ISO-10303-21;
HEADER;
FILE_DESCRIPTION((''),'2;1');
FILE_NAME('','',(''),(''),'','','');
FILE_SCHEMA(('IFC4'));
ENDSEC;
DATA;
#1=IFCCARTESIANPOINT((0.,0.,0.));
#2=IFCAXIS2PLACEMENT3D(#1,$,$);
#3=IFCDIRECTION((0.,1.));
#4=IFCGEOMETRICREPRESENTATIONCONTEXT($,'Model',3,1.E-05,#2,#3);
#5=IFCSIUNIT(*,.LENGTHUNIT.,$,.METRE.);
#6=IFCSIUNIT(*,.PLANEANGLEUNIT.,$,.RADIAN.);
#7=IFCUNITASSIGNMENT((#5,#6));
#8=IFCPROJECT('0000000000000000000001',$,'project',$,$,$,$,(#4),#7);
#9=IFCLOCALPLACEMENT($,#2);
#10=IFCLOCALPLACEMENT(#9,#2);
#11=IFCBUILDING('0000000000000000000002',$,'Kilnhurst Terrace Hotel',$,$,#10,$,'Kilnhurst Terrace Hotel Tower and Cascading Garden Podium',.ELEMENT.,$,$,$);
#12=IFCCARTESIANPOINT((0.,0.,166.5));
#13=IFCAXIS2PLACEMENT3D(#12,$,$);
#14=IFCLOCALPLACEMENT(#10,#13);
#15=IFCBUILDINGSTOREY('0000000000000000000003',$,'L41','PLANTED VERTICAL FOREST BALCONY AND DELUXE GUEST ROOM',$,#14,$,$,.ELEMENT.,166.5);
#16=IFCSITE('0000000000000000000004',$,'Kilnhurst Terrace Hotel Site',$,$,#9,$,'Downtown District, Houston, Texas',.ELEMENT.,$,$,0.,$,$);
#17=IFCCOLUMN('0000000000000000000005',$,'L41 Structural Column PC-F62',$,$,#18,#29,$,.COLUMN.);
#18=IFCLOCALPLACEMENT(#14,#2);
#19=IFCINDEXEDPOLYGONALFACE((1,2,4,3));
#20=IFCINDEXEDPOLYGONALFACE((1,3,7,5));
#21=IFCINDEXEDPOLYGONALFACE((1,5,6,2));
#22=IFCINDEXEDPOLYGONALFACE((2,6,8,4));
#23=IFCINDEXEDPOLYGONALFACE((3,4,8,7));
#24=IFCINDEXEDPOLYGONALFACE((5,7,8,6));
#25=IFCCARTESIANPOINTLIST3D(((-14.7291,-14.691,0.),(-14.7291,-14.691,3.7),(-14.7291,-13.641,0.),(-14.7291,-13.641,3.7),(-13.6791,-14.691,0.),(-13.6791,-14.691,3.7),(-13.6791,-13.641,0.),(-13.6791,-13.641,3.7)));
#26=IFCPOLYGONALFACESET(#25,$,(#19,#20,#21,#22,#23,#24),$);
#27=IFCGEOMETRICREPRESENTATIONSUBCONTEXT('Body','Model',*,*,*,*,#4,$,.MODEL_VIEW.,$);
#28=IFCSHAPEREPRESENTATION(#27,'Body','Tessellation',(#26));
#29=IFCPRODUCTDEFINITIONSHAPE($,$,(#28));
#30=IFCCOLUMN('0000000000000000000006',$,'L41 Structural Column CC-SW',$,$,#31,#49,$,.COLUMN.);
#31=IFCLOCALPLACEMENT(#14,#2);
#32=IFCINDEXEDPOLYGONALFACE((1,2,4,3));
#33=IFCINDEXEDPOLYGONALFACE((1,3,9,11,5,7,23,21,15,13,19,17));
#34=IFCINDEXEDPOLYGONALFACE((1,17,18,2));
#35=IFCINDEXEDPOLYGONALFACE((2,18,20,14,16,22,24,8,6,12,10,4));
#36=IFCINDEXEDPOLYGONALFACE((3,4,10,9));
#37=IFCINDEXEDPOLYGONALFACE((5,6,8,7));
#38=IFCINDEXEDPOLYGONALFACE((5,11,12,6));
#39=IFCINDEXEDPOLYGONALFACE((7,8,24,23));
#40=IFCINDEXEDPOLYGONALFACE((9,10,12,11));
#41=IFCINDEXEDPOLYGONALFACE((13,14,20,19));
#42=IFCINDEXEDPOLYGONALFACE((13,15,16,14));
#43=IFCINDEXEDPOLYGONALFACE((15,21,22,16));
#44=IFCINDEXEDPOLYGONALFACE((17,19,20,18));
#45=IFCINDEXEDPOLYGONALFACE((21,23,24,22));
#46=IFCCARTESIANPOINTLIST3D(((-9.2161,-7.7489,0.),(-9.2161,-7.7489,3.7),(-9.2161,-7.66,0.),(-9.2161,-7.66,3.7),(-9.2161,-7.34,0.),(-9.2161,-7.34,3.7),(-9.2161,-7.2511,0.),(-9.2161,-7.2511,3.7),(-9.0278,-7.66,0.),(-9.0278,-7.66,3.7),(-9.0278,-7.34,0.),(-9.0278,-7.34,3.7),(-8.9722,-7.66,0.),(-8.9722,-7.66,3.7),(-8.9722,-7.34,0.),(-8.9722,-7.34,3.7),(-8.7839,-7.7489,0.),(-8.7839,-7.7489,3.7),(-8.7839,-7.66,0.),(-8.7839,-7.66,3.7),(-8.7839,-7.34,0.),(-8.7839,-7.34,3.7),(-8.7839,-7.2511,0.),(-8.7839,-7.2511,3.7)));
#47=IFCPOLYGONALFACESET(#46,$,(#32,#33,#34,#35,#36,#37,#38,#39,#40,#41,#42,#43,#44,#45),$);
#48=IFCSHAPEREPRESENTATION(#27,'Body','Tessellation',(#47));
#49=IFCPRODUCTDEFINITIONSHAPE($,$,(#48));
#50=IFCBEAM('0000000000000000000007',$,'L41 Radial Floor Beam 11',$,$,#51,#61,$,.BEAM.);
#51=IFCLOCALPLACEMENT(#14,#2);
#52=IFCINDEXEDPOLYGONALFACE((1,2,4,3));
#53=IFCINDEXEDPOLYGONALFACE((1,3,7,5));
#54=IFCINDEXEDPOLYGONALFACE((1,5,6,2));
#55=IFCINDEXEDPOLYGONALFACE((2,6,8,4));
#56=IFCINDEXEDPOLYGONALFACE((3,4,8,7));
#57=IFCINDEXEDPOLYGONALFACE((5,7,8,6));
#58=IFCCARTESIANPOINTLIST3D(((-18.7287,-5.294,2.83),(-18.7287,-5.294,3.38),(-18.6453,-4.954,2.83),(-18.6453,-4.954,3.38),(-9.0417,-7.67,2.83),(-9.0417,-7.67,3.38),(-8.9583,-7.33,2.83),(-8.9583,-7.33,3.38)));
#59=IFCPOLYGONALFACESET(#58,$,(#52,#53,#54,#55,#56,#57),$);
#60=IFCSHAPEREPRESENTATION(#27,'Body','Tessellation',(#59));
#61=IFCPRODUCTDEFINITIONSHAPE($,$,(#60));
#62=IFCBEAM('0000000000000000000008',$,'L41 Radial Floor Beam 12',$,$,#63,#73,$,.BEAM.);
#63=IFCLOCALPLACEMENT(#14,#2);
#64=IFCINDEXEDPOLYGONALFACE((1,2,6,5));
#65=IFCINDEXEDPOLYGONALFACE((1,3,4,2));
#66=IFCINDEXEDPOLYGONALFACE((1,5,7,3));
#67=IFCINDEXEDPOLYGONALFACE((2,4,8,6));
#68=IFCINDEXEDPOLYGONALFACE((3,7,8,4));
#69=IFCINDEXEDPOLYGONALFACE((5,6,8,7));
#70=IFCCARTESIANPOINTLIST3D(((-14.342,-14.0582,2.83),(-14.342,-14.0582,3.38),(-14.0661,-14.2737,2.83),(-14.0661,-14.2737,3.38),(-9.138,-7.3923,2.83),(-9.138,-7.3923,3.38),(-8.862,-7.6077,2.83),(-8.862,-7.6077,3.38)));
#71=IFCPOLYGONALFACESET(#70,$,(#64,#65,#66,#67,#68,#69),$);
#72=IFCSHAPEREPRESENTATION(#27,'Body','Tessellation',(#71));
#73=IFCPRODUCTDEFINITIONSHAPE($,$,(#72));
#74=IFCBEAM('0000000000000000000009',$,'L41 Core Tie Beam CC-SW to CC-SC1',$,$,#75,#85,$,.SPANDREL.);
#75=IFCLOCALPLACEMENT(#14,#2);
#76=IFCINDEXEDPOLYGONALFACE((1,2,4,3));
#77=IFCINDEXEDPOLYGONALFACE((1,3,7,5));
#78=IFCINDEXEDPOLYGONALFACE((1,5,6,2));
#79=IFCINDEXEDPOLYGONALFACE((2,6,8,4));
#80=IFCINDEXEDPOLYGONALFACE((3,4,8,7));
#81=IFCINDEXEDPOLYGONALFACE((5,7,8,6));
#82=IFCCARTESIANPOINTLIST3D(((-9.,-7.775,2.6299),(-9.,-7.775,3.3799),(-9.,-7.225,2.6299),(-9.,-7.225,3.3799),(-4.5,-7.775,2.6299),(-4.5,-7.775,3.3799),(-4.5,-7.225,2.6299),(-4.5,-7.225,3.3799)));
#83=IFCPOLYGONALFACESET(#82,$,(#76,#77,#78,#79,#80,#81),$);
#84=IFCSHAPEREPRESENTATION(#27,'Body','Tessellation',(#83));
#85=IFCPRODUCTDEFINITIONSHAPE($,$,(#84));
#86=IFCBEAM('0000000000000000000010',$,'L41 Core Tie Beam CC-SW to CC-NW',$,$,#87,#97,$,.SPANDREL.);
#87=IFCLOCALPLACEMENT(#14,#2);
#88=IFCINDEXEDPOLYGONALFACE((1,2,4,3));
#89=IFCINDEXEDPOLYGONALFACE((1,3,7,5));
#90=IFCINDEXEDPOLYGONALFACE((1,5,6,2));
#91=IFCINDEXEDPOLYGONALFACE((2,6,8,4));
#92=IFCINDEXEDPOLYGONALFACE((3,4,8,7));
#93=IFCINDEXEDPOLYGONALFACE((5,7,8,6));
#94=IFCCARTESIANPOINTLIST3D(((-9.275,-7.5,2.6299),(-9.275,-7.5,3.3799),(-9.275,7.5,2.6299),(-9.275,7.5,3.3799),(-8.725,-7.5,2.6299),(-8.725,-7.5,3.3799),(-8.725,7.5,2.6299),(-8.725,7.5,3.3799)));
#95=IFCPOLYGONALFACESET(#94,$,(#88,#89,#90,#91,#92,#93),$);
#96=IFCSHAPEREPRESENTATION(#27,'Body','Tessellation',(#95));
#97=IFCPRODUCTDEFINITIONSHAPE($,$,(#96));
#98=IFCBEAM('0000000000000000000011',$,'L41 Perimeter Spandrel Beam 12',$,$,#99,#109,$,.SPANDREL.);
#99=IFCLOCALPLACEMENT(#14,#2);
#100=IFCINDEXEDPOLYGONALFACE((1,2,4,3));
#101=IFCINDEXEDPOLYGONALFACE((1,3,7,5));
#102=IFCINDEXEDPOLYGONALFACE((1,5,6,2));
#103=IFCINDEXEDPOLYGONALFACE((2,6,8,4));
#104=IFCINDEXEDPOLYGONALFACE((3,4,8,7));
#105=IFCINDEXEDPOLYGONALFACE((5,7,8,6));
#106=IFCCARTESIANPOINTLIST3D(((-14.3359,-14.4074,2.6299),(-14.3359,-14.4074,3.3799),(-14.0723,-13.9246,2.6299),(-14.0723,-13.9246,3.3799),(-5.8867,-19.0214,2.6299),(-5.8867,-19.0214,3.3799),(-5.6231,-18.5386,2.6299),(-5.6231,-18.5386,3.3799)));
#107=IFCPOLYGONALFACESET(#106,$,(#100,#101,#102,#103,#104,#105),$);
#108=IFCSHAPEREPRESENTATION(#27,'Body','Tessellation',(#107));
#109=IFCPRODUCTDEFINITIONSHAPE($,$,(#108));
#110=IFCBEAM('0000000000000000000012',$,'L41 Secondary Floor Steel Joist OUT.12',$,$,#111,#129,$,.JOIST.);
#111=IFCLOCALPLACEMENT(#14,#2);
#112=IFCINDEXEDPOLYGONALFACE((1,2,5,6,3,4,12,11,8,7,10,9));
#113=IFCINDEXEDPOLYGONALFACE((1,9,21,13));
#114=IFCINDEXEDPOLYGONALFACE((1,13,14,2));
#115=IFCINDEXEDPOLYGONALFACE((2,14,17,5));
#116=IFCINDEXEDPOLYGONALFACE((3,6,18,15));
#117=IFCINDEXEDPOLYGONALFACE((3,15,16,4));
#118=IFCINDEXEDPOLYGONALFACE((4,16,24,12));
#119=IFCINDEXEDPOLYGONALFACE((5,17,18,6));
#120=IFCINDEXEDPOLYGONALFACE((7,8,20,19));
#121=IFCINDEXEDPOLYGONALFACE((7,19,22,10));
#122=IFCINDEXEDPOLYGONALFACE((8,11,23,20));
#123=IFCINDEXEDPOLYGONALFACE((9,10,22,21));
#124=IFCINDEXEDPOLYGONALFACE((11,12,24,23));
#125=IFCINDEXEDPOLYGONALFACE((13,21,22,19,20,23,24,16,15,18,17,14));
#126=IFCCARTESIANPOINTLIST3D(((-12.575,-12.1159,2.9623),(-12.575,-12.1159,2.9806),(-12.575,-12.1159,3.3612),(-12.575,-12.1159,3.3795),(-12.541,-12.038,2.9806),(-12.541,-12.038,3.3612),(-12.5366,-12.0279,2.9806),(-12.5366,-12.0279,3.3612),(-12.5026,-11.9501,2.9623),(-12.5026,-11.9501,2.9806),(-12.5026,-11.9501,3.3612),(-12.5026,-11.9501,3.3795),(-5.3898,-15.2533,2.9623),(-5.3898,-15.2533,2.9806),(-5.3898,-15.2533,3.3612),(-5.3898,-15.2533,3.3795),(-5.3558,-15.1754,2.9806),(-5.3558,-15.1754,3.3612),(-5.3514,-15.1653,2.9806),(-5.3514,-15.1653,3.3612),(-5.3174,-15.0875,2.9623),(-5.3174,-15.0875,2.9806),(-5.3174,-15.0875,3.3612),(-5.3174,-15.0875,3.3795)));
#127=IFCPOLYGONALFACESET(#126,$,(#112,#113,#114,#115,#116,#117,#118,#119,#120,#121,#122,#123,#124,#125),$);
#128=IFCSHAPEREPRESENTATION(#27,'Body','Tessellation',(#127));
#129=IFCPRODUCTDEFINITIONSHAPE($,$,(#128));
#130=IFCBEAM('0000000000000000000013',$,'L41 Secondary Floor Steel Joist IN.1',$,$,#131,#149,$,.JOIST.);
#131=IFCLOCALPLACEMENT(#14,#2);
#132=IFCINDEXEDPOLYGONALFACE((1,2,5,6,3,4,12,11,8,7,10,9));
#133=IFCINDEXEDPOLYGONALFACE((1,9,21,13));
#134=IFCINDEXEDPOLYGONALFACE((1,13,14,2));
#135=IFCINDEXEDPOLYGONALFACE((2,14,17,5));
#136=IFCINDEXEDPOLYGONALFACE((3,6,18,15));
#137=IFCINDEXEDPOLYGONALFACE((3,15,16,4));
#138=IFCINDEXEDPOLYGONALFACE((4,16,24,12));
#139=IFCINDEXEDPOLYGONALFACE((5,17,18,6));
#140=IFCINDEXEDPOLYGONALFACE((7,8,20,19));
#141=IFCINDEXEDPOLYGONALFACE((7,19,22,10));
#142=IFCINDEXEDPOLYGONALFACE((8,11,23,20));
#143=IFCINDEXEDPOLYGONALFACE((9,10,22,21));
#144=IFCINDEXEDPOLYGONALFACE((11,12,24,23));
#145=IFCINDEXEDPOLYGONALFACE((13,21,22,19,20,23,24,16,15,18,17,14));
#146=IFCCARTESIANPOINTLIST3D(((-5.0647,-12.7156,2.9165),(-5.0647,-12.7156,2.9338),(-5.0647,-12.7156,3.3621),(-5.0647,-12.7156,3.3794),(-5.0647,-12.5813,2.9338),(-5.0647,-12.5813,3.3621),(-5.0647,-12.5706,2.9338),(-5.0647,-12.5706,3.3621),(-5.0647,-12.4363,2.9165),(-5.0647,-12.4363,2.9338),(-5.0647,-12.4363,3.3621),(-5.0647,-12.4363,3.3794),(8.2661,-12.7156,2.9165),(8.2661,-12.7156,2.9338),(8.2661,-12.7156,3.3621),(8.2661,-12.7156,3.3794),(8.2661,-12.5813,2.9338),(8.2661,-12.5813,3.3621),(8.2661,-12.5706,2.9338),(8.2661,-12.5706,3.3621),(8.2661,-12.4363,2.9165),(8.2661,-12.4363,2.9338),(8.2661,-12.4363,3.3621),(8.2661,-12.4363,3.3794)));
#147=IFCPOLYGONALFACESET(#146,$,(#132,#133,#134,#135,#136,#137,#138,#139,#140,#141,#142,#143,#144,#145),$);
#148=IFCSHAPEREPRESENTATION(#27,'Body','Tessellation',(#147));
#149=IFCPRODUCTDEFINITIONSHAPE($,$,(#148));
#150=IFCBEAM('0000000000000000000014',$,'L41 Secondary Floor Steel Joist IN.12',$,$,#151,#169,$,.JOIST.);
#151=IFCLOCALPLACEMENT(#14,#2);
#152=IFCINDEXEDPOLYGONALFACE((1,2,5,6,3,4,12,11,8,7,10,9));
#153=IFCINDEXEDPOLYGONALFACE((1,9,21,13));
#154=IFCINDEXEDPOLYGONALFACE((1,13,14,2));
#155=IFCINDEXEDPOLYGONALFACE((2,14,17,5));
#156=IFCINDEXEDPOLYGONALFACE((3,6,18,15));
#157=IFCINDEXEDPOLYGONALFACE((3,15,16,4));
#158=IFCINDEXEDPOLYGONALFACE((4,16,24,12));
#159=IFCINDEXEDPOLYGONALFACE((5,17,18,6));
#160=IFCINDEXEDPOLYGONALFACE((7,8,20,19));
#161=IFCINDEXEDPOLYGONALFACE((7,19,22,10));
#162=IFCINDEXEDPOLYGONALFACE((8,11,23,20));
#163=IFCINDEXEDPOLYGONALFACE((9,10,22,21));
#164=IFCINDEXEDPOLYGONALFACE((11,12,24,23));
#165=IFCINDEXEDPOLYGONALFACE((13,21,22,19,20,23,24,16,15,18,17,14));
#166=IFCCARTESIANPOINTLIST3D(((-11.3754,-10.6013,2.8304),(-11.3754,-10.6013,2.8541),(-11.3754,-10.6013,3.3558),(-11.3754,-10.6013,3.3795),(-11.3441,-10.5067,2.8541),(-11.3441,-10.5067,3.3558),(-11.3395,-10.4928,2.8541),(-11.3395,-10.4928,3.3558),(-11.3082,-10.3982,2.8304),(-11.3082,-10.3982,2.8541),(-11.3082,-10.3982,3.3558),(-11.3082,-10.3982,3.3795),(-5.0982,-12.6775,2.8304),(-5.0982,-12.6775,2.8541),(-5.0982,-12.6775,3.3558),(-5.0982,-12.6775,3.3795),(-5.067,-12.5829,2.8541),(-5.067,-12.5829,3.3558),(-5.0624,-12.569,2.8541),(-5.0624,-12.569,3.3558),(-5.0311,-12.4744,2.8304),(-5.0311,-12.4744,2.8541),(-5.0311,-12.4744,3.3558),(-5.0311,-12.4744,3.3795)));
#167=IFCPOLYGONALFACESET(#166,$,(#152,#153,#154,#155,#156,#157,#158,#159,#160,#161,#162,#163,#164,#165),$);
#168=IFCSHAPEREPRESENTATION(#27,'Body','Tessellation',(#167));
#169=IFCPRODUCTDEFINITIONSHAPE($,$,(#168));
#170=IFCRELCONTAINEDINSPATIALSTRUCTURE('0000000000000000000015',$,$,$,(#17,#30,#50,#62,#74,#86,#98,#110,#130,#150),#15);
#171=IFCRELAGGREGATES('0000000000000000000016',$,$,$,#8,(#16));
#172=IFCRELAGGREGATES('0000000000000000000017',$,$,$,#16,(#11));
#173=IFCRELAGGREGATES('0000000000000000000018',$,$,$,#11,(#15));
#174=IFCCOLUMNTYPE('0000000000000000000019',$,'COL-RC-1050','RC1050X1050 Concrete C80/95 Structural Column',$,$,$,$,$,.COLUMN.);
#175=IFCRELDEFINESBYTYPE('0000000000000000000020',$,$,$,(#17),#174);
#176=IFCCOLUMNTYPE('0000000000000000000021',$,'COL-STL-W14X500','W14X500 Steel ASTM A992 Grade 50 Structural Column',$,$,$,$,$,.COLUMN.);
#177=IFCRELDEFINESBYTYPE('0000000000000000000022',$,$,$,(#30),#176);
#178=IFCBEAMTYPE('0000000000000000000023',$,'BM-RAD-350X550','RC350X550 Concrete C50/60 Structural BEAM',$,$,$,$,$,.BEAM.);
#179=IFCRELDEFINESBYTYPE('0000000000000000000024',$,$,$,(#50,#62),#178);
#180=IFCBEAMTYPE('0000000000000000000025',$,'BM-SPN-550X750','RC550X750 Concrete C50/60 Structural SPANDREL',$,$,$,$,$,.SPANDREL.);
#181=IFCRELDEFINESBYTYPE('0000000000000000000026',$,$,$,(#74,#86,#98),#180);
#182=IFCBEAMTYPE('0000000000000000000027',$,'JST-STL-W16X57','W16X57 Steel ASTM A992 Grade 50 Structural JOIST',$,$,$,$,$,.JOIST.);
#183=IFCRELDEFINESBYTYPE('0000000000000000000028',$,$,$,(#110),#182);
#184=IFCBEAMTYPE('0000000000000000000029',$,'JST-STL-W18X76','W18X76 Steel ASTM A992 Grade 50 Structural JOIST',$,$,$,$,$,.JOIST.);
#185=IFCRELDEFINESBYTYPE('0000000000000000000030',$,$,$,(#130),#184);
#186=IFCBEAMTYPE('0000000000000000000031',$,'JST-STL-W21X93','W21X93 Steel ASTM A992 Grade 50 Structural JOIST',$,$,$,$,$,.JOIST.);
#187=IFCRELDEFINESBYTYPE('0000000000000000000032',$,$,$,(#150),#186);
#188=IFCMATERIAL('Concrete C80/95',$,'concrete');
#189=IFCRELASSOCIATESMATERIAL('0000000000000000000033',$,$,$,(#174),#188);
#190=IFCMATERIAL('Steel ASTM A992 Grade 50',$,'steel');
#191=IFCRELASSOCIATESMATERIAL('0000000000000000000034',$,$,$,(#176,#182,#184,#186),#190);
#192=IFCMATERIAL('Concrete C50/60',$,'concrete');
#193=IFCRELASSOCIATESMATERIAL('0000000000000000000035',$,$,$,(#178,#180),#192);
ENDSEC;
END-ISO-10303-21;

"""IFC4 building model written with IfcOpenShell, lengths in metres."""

from ifc_helpers import new_model, si_unit, direction, frame, origin, origin_2d, place, context, subcontext, project, spatial, rectangle, i_section, extrude, material, material_profile, profile_set, type_object, element, save


model = new_model("IFC4")

# Units and contexts
model_context = context("Model", 3, precision=1e-05, world=origin(), true_north=direction((0.0, 1.0)))
body_context = subcontext(model_context, "Body", "Model", "MODEL_VIEW")
ifc_project = project(units=[si_unit("LENGTHUNIT", "METRE"), si_unit("PLANEANGLEUNIT", "RADIAN")], contexts=[model_context])

# Site, building, storey
site_placement = place(None, origin())
site = spatial("IfcSite", under=ifc_project, at=site_placement, Name="Kilnhurst Terrace Hotel Site", LongName="Downtown District, Houston, Texas", CompositionType="ELEMENT", RefElevation=0.0)
building_placement = place(site_placement, origin())
building = spatial("IfcBuilding", under=site, at=building_placement, Name="Kilnhurst Terrace Hotel", LongName="Kilnhurst Terrace Hotel Tower and Cascading Garden Podium", CompositionType="ELEMENT")
storey_placement = place(building_placement, frame((0.0, 0.0, 166.5)))
storey = spatial("IfcBuildingStorey", under=building, at=storey_placement, Name="L41", Description="PLANTED VERTICAL FOREST BALCONY AND DELUXE GUEST ROOM", CompositionType="ELEMENT", Elevation=166.5)

# Columns
ifc_material_1 = material(Name="Concrete C80/95", Category="concrete")
ifc_material_profile_1 = material_profile(ifc_material_1, rectangle(XDim=1.05, YDim=1.05, at=origin_2d()), Name="RC1050X1050")
ifc_profile_set_1 = profile_set([ifc_material_profile_1], Name="Concrete C80/95")
column_type_1 = type_object("IfcColumnType", Name="COL-RC-1050", Description="RC1050X1050 Concrete C80/95 Structural Column", PredefinedType="COLUMN", material=ifc_profile_set_1)
column_1_placement = place(storey_placement, frame((-14.2041, -14.166, 0.0), z_axis=(0.0, 0.0, 1.0), x_axis=(1.0, 0.0, 0.0)))
element("IfcColumn", 1, at=column_1_placement, inside=storey, type_object=column_type_1, Name="L41 Structural Column PC-F62", PredefinedType="COLUMN", context=body_context, shape_type="SweptSolid", body=[
    extrude(rectangle(XDim=1.05, YDim=1.05, at=origin_2d()), origin(), (0.0, 0.0, 1.0), 3.7),
])
ifc_material_2 = material(Name="Steel ASTM A992 Grade 50", Category="steel")
ifc_material_profile_2 = material_profile(ifc_material_2, i_section(OverallWidth=0.4321, OverallDepth=0.4978, WebThickness=0.0557, FlangeThickness=0.0889, at=origin_2d()), Name="W14X500")
ifc_profile_set_2 = profile_set([ifc_material_profile_2], Name="Steel ASTM A992 Grade 50")
column_type_2 = type_object("IfcColumnType", Name="COL-STL-W14X500", Description="W14X500 Steel ASTM A992 Grade 50 Structural Column", PredefinedType="COLUMN", material=ifc_profile_set_2)
column_2_placement = place(storey_placement, frame((-9.0, -7.5, 0.0), z_axis=(0.0, 0.0, 1.0), x_axis=(1.0, 0.0, 0.0)))
element("IfcColumn", 2, at=column_2_placement, inside=storey, type_object=column_type_2, Name="L41 Structural Column CC-SW", PredefinedType="COLUMN", context=body_context, shape_type="SweptSolid", body=[
    extrude(i_section(OverallWidth=0.4321, OverallDepth=0.4978, WebThickness=0.0557, FlangeThickness=0.0889, at=origin_2d()), origin(), (0.0, 0.0, 1.0), 3.7),
])

# Beams
ifc_material_3 = material(Name="Concrete C50/60", Category="concrete")
ifc_material_profile_3 = material_profile(ifc_material_3, rectangle(XDim=0.3501, YDim=0.55, at=origin_2d()), Name="RC350X550")
ifc_profile_set_3 = profile_set([ifc_material_profile_3], Name="Concrete C50/60")
beam_type_1 = type_object("IfcBeamType", Name="BM-RAD-350X550", Description="RC350X550 Concrete C50/60 Structural BEAM", PredefinedType="BEAM", material=ifc_profile_set_3)
beam_1_placement = place(storey_placement, frame((-9.0, -7.5, 3.105), z_axis=(-0.971213, 0.238214, 0.0), x_axis=(-0.238214, -0.971213, 0.0)))
element("IfcBeam", 3, at=beam_1_placement, inside=storey, type_object=beam_type_1, Name="L41 Radial Floor Beam 11", PredefinedType="BEAM", context=body_context, shape_type="SweptSolid", body=[
    extrude(rectangle(XDim=0.3501, YDim=0.55, at=origin_2d()), origin(), (0.0, 0.0, 1.0), 9.9741),
])
beam_2_placement = place(storey_placement, frame((-9.0, -7.5, 3.105), z_axis=(-0.615371, -0.788238, 0.0), x_axis=(0.788238, -0.615371, 0.0)))
element("IfcBeam", 4, at=beam_2_placement, inside=storey, type_object=beam_type_1, Name="L41 Radial Floor Beam 12", PredefinedType="BEAM", context=body_context, shape_type="SweptSolid", body=[
    extrude(rectangle(XDim=0.3501, YDim=0.55, at=origin_2d()), origin(), (0.0, 0.0, 1.0), 8.4568),
])
ifc_material_profile_4 = material_profile(ifc_material_3, rectangle(XDim=0.55, YDim=0.75, at=origin_2d()), Name="RC550X750")
ifc_profile_set_4 = profile_set([ifc_material_profile_4], Name="Concrete C50/60")
beam_type_2 = type_object("IfcBeamType", Name="BM-SPN-550X750", Description="RC550X750 Concrete C50/60 Structural SPANDREL", PredefinedType="SPANDREL", material=ifc_profile_set_4)
beam_3_placement = place(storey_placement, frame((-9.0, -7.5, 3.0049), z_axis=(1.0, 0.0, 0.0), x_axis=(0.0, 1.0, 0.0)))
element("IfcBeam", 5, at=beam_3_placement, inside=storey, type_object=beam_type_2, Name="L41 Core Tie Beam CC-SW to CC-SC1", PredefinedType="SPANDREL", context=body_context, shape_type="SweptSolid", body=[
    extrude(rectangle(XDim=0.55, YDim=0.75, at=origin_2d()), origin(), (0.0, 0.0, 1.0), 4.5),
])
beam_4_placement = place(storey_placement, frame((-9.0, -7.5, 3.0049), z_axis=(0.0, 1.0, 0.0), x_axis=(-1.0, 0.0, 0.0)))
element("IfcBeam", 6, at=beam_4_placement, inside=storey, type_object=beam_type_2, Name="L41 Core Tie Beam CC-SW to CC-NW", PredefinedType="SPANDREL", context=body_context, shape_type="SweptSolid", body=[
    extrude(rectangle(XDim=0.55, YDim=0.75, at=origin_2d()), origin(), (0.0, 0.0, 1.0), 15.0),
])
beam_5_placement = place(storey_placement, frame((-14.2041, -14.166, 3.0049), z_axis=(0.877662, -0.47928, 0.0), x_axis=(0.47928, 0.877662, 0.0)))
element("IfcBeam", 7, at=beam_5_placement, inside=storey, type_object=beam_type_2, Name="L41 Perimeter Spandrel Beam 12", PredefinedType="SPANDREL", context=body_context, shape_type="SweptSolid", body=[
    extrude(rectangle(XDim=0.55, YDim=0.75, at=origin_2d()), origin(), (0.0, 0.0, 1.0), 9.627),
])
ifc_material_profile_5 = material_profile(ifc_material_2, i_section(OverallWidth=0.1809, OverallDepth=0.4172, WebThickness=0.011, FlangeThickness=0.0183, at=origin_2d()), Name="W16X57")
ifc_profile_set_5 = profile_set([ifc_material_profile_5], Name="Steel ASTM A992 Grade 50")
beam_type_3 = type_object("IfcBeamType", Name="JST-STL-W16X57", Description="W16X57 Steel ASTM A992 Grade 50 Structural JOIST", PredefinedType="JOIST", material=ifc_profile_set_5)
beam_6_placement = place(storey_placement, frame((-12.5388, -12.033, 3.1709), z_axis=(0.916444, -0.400164, 0.0), x_axis=(0.400164, 0.916444, 0.0)))
element("IfcBeam", 8, at=beam_6_placement, inside=storey, type_object=beam_type_3, Name="L41 Secondary Floor Steel Joist OUT.12", PredefinedType="JOIST", context=body_context, shape_type="SweptSolid", body=[
    extrude(i_section(OverallWidth=0.1809, OverallDepth=0.4172, WebThickness=0.011, FlangeThickness=0.0183, at=origin_2d()), origin(), (0.0, 0.0, 1.0), 7.8403),
])
ifc_material_profile_6 = material_profile(ifc_material_2, i_section(OverallWidth=0.2793, OverallDepth=0.4629, WebThickness=0.0107, FlangeThickness=0.0173, at=origin_2d()), Name="W18X76")
ifc_profile_set_6 = profile_set([ifc_material_profile_6], Name="Steel ASTM A992 Grade 50")
beam_type_4 = type_object("IfcBeamType", Name="JST-STL-W18X76", Description="W18X76 Steel ASTM A992 Grade 50 Structural JOIST", PredefinedType="JOIST", material=ifc_profile_set_6)
beam_7_placement = place(storey_placement, frame((-5.0647, -12.5759, 3.1479), z_axis=(1.0, 0.0, 0.0), x_axis=(0.0, 1.0, 0.0)))
element("IfcBeam", 9, at=beam_7_placement, inside=storey, type_object=beam_type_4, Name="L41 Secondary Floor Steel Joist IN.1", PredefinedType="JOIST", context=body_context, shape_type="SweptSolid", body=[
    extrude(i_section(OverallWidth=0.2793, OverallDepth=0.4629, WebThickness=0.0107, FlangeThickness=0.0173, at=origin_2d()), origin(), (0.0, 0.0, 1.0), 13.3308),
])
ifc_material_profile_7 = material_profile(ifc_material_2, i_section(OverallWidth=0.2139, OverallDepth=0.5491, WebThickness=0.0146, FlangeThickness=0.0237, at=origin_2d()), Name="W21X93")
ifc_profile_set_7 = profile_set([ifc_material_profile_7], Name="Steel ASTM A992 Grade 50")
beam_type_5 = type_object("IfcBeamType", Name="JST-STL-W21X93", Description="W21X93 Steel ASTM A992 Grade 50 Structural JOIST", PredefinedType="JOIST", material=ifc_profile_set_7)
beam_8_placement = place(storey_placement, frame((-11.3418, -10.4998, 3.105), z_axis=(0.949416, -0.314022, 0.0), x_axis=(0.314022, 0.949416, 0.0)))
element("IfcBeam", 10, at=beam_8_placement, inside=storey, type_object=beam_type_5, Name="L41 Secondary Floor Steel Joist IN.12", PredefinedType="JOIST", context=body_context, shape_type="SweptSolid", body=[
    extrude(i_section(OverallWidth=0.2139, OverallDepth=0.5491, WebThickness=0.0146, FlangeThickness=0.0237, at=origin_2d()), origin(), (0.0, 0.0, 1.0), 6.6116),
])

save(model, "model.ifc")
